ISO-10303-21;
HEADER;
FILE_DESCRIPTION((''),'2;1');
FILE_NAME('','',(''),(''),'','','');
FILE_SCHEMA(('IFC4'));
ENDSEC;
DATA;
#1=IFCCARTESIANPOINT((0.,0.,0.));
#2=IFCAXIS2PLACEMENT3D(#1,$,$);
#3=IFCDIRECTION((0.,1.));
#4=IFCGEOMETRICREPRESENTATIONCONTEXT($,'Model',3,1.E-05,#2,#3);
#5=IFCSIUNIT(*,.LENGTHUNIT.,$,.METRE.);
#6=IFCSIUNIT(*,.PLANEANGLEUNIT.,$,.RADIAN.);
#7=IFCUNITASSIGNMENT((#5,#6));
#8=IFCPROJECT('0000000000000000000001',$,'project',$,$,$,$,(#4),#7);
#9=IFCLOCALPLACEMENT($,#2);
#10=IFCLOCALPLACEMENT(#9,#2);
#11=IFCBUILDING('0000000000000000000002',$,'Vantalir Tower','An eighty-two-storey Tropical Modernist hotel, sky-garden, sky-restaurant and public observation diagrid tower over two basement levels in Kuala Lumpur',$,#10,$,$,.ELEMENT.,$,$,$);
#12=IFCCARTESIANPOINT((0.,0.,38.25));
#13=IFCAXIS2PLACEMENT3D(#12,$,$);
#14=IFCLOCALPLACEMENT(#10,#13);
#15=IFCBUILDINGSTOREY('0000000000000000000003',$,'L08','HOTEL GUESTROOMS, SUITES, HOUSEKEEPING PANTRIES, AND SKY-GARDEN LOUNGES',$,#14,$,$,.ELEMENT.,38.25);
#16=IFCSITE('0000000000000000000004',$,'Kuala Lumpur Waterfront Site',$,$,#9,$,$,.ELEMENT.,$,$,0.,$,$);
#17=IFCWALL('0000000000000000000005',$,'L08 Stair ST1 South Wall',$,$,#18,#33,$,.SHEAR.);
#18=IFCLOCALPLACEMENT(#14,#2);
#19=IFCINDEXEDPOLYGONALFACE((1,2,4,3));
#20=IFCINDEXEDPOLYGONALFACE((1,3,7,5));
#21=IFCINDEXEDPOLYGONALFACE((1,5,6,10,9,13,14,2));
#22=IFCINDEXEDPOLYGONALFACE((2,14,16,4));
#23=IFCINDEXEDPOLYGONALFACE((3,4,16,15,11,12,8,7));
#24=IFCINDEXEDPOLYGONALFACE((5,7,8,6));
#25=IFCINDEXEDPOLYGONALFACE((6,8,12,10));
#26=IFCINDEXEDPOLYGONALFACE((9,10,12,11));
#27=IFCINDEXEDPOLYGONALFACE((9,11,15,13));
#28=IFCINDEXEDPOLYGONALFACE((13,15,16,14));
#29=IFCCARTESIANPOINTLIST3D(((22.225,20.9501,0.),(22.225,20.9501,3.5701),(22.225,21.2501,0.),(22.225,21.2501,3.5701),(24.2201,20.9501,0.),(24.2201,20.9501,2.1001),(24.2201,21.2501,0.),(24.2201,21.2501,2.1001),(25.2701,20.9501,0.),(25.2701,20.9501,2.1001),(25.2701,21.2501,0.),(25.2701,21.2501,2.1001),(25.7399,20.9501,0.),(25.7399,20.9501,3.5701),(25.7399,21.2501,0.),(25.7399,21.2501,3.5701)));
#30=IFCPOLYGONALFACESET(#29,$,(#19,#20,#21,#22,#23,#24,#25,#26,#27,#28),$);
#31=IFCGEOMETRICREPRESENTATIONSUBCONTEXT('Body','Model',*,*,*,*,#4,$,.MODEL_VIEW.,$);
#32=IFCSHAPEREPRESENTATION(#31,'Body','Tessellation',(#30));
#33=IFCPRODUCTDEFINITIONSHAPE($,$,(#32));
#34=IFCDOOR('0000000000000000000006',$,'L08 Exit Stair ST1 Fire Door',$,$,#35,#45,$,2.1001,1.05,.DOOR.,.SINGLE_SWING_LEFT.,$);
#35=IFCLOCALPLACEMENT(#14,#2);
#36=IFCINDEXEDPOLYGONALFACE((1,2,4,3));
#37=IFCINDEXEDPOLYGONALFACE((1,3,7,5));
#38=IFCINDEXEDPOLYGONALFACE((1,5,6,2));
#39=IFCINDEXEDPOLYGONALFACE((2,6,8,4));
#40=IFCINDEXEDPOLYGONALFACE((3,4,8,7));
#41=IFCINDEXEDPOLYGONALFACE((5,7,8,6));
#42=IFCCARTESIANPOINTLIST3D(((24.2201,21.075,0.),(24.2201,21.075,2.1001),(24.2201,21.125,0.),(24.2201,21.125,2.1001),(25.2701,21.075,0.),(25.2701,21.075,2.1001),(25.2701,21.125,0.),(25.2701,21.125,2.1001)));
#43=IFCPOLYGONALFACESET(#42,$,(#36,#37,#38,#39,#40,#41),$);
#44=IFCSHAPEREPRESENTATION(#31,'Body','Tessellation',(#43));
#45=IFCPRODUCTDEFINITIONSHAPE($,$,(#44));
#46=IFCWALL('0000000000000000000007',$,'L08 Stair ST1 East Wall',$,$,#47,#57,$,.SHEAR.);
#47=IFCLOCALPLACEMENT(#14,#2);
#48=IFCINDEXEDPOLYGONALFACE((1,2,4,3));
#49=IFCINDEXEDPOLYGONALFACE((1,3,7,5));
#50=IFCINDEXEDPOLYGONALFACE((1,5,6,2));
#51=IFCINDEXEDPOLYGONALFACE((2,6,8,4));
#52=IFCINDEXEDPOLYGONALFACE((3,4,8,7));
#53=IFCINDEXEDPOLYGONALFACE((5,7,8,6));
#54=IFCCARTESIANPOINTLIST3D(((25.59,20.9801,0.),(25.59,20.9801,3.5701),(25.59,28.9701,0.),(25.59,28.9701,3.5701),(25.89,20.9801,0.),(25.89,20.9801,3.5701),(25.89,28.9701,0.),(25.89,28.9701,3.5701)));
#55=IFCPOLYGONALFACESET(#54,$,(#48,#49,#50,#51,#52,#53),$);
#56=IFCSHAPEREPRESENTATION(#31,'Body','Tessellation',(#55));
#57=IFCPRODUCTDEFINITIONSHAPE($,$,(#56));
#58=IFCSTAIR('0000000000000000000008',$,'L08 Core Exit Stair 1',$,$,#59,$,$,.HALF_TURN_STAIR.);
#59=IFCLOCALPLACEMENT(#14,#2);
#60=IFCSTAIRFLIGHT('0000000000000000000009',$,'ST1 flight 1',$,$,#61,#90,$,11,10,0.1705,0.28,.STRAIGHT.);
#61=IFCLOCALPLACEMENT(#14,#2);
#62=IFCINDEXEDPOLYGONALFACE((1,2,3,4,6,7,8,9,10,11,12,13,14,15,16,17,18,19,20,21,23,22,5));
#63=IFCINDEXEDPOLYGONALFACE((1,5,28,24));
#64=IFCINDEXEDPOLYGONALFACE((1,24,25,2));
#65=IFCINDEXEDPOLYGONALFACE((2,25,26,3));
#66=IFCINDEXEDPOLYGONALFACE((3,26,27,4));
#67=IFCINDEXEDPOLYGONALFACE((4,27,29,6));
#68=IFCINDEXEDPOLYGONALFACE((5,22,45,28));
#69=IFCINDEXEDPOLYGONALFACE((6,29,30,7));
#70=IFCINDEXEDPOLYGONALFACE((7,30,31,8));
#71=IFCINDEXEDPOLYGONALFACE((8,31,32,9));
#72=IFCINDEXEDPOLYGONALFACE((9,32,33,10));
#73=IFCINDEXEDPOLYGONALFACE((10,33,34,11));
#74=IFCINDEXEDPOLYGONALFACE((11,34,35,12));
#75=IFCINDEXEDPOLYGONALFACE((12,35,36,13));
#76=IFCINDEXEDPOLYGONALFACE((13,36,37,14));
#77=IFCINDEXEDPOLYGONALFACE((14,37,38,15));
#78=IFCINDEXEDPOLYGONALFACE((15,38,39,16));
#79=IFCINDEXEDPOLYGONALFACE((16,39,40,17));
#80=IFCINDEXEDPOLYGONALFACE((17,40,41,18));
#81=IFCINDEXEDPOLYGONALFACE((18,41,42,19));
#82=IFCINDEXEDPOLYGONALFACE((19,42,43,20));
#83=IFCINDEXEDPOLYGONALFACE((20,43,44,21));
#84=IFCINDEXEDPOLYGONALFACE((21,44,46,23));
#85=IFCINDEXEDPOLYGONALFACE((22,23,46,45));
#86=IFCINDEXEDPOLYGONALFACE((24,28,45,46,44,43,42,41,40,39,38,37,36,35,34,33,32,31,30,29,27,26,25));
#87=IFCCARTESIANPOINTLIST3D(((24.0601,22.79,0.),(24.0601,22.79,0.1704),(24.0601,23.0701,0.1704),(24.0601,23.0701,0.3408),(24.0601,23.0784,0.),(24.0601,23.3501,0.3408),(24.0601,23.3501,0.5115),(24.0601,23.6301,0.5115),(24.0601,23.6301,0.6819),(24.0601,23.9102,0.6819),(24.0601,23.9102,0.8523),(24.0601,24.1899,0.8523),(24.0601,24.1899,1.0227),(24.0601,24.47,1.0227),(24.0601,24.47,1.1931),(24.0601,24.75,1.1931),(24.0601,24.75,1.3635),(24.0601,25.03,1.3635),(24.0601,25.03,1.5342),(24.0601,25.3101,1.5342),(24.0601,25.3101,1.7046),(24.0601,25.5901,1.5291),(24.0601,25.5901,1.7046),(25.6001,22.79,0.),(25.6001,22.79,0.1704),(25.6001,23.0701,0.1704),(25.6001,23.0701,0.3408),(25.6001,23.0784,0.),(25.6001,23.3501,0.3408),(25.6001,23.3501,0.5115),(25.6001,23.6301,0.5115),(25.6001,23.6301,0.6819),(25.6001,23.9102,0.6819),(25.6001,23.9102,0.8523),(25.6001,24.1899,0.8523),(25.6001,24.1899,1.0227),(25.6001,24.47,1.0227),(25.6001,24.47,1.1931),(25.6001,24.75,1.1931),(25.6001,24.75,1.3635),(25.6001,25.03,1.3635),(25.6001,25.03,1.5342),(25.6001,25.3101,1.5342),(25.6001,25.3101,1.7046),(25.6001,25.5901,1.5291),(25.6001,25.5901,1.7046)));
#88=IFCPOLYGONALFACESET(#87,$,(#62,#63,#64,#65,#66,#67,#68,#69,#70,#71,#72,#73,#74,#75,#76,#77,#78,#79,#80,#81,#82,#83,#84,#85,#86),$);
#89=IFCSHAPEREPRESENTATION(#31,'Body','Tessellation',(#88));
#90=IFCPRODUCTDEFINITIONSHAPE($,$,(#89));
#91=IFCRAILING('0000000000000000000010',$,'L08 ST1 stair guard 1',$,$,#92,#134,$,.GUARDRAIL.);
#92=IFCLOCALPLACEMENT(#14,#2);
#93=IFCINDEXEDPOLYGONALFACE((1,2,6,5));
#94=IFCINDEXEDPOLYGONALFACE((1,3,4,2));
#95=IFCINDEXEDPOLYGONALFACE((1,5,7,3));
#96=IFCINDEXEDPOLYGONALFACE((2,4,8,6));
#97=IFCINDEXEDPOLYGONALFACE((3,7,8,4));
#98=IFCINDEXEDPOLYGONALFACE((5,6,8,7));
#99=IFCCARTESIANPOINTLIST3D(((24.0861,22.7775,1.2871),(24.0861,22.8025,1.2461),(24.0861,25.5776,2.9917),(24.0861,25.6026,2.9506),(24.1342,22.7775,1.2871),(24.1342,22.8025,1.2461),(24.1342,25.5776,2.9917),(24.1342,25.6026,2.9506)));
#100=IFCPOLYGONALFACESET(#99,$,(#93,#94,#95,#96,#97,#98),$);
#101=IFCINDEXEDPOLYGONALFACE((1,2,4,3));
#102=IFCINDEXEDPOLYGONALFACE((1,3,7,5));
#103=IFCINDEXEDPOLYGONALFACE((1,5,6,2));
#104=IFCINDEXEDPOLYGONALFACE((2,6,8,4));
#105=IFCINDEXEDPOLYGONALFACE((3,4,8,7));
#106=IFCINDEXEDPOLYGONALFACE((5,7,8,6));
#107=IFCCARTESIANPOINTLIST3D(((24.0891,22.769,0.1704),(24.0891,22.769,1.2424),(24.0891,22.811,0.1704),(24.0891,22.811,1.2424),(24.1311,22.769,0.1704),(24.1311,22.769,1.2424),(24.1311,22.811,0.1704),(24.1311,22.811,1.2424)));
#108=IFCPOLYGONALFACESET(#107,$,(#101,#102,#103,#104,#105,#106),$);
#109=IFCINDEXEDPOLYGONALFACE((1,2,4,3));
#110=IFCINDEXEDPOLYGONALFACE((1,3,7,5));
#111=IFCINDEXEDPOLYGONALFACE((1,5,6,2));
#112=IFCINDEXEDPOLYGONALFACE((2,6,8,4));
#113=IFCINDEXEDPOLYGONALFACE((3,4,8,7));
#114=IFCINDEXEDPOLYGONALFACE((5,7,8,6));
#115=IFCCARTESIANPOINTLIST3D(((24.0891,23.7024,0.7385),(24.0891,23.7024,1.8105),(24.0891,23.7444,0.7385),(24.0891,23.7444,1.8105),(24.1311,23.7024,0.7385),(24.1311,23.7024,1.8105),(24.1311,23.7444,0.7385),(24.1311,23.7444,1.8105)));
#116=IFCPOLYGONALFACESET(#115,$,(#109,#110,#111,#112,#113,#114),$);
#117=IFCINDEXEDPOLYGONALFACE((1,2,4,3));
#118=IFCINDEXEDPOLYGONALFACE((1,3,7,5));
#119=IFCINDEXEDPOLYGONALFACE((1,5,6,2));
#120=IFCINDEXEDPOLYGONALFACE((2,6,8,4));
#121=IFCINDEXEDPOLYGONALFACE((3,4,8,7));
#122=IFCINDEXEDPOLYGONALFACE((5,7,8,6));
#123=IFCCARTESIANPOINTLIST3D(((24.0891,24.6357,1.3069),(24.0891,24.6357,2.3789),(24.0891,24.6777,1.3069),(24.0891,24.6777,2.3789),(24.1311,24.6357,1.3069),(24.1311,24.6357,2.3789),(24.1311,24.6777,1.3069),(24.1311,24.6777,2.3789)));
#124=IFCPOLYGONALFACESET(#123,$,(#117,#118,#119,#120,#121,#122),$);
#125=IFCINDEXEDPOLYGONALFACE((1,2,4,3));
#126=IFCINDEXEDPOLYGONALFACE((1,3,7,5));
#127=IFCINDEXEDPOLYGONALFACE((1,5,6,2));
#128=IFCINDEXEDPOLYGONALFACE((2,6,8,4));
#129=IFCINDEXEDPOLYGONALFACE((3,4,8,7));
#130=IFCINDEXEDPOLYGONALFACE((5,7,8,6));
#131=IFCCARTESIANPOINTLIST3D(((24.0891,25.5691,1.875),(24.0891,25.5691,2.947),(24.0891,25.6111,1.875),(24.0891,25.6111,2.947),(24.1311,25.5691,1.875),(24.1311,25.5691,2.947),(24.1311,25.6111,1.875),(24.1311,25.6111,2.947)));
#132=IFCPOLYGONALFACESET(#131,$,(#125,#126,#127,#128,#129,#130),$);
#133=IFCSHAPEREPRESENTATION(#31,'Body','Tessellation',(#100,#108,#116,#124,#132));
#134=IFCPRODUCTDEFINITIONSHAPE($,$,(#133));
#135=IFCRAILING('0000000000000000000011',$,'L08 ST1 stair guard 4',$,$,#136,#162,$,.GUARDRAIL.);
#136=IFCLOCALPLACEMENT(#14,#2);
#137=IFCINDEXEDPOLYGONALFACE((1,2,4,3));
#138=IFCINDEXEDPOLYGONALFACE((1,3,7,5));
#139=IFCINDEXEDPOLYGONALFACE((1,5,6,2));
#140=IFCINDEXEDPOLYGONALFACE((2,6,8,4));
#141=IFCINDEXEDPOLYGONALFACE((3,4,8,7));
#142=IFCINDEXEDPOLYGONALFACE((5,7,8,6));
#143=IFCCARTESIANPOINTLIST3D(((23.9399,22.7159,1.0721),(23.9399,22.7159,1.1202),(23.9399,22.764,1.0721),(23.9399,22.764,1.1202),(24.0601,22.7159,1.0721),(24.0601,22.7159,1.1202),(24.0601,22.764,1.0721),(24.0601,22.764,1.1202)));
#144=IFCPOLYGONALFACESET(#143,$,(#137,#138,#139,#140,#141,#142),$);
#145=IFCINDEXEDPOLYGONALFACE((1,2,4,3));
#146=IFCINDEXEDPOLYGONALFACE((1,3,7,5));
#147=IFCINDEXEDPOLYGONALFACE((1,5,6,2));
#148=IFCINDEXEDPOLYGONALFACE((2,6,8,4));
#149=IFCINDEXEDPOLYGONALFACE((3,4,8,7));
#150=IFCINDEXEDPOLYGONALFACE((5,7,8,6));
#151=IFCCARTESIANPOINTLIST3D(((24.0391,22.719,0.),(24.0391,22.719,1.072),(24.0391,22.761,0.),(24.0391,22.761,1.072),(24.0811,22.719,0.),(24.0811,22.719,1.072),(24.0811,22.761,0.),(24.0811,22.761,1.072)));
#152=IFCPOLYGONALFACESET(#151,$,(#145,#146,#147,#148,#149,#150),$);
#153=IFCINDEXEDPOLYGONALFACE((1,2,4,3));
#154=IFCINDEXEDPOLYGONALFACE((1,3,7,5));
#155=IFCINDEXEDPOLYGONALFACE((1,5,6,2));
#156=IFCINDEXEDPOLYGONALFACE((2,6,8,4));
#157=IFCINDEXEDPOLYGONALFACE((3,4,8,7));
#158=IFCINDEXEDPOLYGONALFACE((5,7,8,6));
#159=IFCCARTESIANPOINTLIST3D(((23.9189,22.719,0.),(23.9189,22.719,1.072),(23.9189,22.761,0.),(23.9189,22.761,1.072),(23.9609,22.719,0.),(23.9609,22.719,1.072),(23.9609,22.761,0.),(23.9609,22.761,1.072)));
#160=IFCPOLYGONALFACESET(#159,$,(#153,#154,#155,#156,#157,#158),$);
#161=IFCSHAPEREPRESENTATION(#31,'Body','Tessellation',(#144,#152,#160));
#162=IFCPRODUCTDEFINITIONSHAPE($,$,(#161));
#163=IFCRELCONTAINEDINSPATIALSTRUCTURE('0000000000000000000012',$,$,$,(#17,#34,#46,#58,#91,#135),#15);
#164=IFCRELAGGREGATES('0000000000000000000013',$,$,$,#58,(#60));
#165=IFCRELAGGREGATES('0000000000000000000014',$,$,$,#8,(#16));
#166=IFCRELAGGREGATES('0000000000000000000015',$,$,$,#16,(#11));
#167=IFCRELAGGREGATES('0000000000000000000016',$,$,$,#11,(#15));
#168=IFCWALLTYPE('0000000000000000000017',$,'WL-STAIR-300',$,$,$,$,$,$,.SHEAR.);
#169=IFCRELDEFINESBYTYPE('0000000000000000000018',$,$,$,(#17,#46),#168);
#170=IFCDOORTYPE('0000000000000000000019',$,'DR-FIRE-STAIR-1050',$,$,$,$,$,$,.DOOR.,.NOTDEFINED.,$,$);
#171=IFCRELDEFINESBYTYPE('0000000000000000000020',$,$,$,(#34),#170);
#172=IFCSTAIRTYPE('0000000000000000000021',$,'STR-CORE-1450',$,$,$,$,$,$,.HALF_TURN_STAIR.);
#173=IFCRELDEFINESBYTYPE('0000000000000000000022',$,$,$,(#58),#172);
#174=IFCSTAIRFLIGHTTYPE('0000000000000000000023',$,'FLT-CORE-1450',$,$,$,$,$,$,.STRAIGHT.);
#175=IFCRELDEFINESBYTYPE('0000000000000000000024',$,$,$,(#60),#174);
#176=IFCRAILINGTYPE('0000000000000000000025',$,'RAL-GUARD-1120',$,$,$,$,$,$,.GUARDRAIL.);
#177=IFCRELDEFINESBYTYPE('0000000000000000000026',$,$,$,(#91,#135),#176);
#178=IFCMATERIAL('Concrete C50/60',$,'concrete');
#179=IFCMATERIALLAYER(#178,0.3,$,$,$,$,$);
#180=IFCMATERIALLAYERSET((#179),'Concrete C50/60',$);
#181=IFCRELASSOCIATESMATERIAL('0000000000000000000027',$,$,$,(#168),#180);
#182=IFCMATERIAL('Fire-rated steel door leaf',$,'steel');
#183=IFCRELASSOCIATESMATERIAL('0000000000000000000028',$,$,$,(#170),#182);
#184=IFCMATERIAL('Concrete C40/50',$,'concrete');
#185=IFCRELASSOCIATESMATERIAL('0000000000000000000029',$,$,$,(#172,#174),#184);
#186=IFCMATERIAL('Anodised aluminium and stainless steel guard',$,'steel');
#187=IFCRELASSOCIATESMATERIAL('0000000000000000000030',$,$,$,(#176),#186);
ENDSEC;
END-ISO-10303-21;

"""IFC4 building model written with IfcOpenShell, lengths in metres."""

from ifc_helpers import new_model, si_unit, direction, frame, frame_2d, origin, origin_2d, place, context, subcontext, project, spatial, polyline, rectangle, outline, extrude, material, layer, layer_set, type_object, element, fill, aggregate, save


model = new_model("IFC4")

# Units and contexts
model_context = context("Model", 3, precision=1e-05, world=origin(), true_north=direction((0.0, 1.0)))
body_context = subcontext(model_context, "Body", "Model", "MODEL_VIEW")
ifc_project = project(units=[si_unit("LENGTHUNIT", "METRE"), si_unit("PLANEANGLEUNIT", "RADIAN")], contexts=[model_context])

# Site, building, storey
site_placement = place(None, origin())
site = spatial("IfcSite", under=ifc_project, at=site_placement, Name="Kuala Lumpur Waterfront Site", CompositionType="ELEMENT", RefElevation=0.0)
building_placement = place(site_placement, origin())
building = spatial("IfcBuilding", under=site, at=building_placement, Name="Vantalir Tower", Description="An eighty-two-storey Tropical Modernist hotel, sky-garden, sky-restaurant and public observation diagrid tower over two basement levels in Kuala Lumpur", CompositionType="ELEMENT")
storey_placement = place(building_placement, frame((0.0, 0.0, 38.25)))
storey = spatial("IfcBuildingStorey", under=building, at=storey_placement, Name="L08", Description="HOTEL GUESTROOMS, SUITES, HOUSEKEEPING PANTRIES, AND SKY-GARDEN LOUNGES", CompositionType="ELEMENT", Elevation=38.25)

# Wall, opening, door
ifc_material_1 = material(Name="Concrete C50/60", Category="concrete")
ifc_layer_1 = layer(ifc_material_1, 0.3)
ifc_layer_set_1 = layer_set([ifc_layer_1], Name="Concrete C50/60")
wall_type_1 = type_object("IfcWallType", Name="WL-STAIR-300", PredefinedType="SHEAR", material=ifc_layer_set_1)
wall_1_placement = place(storey_placement, frame((22.2251, 21.1001, 0.0), z_axis=(0.0, 0.0, 1.0), x_axis=(1.0, 0.0, 0.0)))
wall_1 = element("IfcWall", 1, at=wall_1_placement, inside=storey, type_object=wall_type_1, Name="L08 Stair ST1 South Wall", PredefinedType="SHEAR", context=body_context, shape_type="SweptSolid", body=[
    extrude(rectangle(XDim=3.5149, YDim=0.3, at=frame_2d((1.7573, 0.0))), origin(), (0.0, 0.0, 1.0), 3.5701),
])
opening_1_placement = place(wall_1_placement, frame((1.9951, 0.0, 0.0)))
opening_1 = element("IfcOpeningElement", 2, at=opening_1_placement, cuts=wall_1, PredefinedType="OPENING", context=body_context, shape_type="SweptSolid", body=[
    extrude(rectangle(XDim=1.05, YDim=2.1001, at=frame_2d((0.5249, 1.05))), frame((0.0, 0.1599, 0.0), z_axis=(0.0, -1.0, 0.0), x_axis=(1.0, 0.0, 0.0)), (0.0, 0.0, 1.0), 0.3201),
])
ifc_material_2 = material(Name="Fire-rated steel door leaf", Category="steel")
door_type_1 = type_object("IfcDoorType", Name="DR-FIRE-STAIR-1050", OperationType="NOTDEFINED", PredefinedType="DOOR", material=ifc_material_2)
door_1_placement = place(opening_1_placement, origin())
door_1 = element("IfcDoor", 3, at=door_1_placement, inside=storey, type_object=door_type_1, Name="L08 Exit Stair ST1 Fire Door", OperationType="SINGLE_SWING_LEFT", OverallHeight=2.1001, OverallWidth=1.05, PredefinedType="DOOR", context=body_context, shape_type="SweptSolid", body=[
    extrude(rectangle(XDim=1.05, YDim=2.1001, at=frame_2d((0.5249, 1.05))), frame((0.0, 0.0249, 0.0), z_axis=(0.0, -1.0, 0.0), x_axis=(1.0, 0.0, 0.0)), (0.0, 0.0, 1.0), 0.05),
])
fill(opening_1, door_1)

# Wall
wall_2_placement = place(storey_placement, frame((25.74, 20.98, 0.0), z_axis=(0.0, 0.0, 1.0), x_axis=(0.0, 1.0, 0.0)))
element("IfcWall", 4, at=wall_2_placement, inside=storey, type_object=wall_type_1, Name="L08 Stair ST1 East Wall", PredefinedType="SHEAR", context=body_context, shape_type="SweptSolid", body=[
    extrude(rectangle(XDim=7.99, YDim=0.3, at=frame_2d((3.9951, 0.0))), origin(), (0.0, 0.0, 1.0), 3.5701),
])

# Stair, stair flight
ifc_material_3 = material(Name="Concrete C40/50", Category="concrete")
stair_type = type_object("IfcStairType", Name="STR-CORE-1450", PredefinedType="HALF_TURN_STAIR", material=ifc_material_3)
stair_placement = place(storey_placement, origin())
stair = element("IfcStair", 5, at=stair_placement, inside=storey, type_object=stair_type, Name="L08 Core Exit Stair 1", PredefinedType="HALF_TURN_STAIR")
stair_flight_type = type_object("IfcStairFlightType", Name="FLT-CORE-1450", PredefinedType="STRAIGHT", material=ifc_material_3)
stair_flight_placement = place(storey_placement, frame((24.8301, 22.79, 0.0), z_axis=(0.0, 0.0, 1.0), x_axis=(0.0, 1.0, 0.0)))
stair_flight = element("IfcStairFlight", 6, at=stair_flight_placement, type_object=stair_flight_type, Name="ST1 flight 1", NumberOfRisers=11, NumberOfTreads=10, PredefinedType="STRAIGHT", RiserHeight=0.1705, TreadLength=0.28, context=body_context, shape_type="SweptSolid", body=[
    extrude(outline(polyline([(0.0, 0.0), (0.0, 0.1704), (0.28, 0.1704), (0.28, 0.3408), (0.5601, 0.3408), (0.5601, 0.5115), (0.8401, 0.5115), (0.8401, 0.6819), (1.1201, 0.6819), (1.1201, 0.8523), (1.3999, 0.8523), (1.3999, 1.0227), (1.6799, 1.0227), (1.6799, 1.1931), (1.96, 1.1931), (1.96, 1.3635), (2.24, 1.3635), (2.24, 1.5342), (2.52, 1.5342), (2.52, 1.7046), (2.8, 1.7046), (2.8, 1.875), (2.8, 1.5291), (0.2883, 0.0), (0.0, 0.0)])), frame((0.0, 0.77, 0.0), z_axis=(0.0, -1.0, 0.0), x_axis=(1.0, 0.0, 0.0)), (0.0, 0.0, 1.0), 1.54),
])
aggregate(stair, [stair_flight])

# Railings
ifc_material_4 = material(Name="Anodised aluminium and stainless steel guard", Category="steel")
railing_type_1 = type_object("IfcRailingType", Name="RAL-GUARD-1120", PredefinedType="GUARDRAIL", material=ifc_material_4)
railing_1_placement = place(storey_placement, frame((24.1101, 22.79, 0.1704)))
element("IfcRailing", 7, at=railing_1_placement, inside=storey, type_object=railing_type_1, Name="L08 ST1 stair guard 1", PredefinedType="GUARDRAIL", context=body_context, shape_type="SweptSolid", body=[
    extrude(rectangle(XDim=0.0481, YDim=0.0481, at=origin_2d()), frame((0.0, 0.0, 1.0962), z_axis=(0.0, 0.85417, 0.519994), x_axis=(-1.0, 0.0, 0.0)), (0.0, 0.0, 1.0), 3.2781),
    extrude(rectangle(XDim=0.042, YDim=0.042, at=origin_2d()), origin(), (0.0, 0.0, 1.0), 1.072),
    extrude(rectangle(XDim=0.042, YDim=0.042, at=origin_2d()), frame((0.0, 0.9333, 0.5681)), (0.0, 0.0, 1.0), 1.072),
    extrude(rectangle(XDim=0.042, YDim=0.042, at=origin_2d()), frame((0.0, 1.8667, 1.1365)), (0.0, 0.0, 1.0), 1.072),
    extrude(rectangle(XDim=0.042, YDim=0.042, at=origin_2d()), frame((0.0, 2.8, 1.7046)), (0.0, 0.0, 1.0), 1.072),
])
railing_2_placement = place(storey_placement, frame((24.0601, 22.74, 0.0)))
element("IfcRailing", 8, at=railing_2_placement, inside=storey, type_object=railing_type_1, Name="L08 ST1 stair guard 4", PredefinedType="GUARDRAIL", context=body_context, shape_type="SweptSolid", body=[
    extrude(rectangle(XDim=0.0481, YDim=0.0481, at=origin_2d()), frame((0.0, 0.0, 1.0962), z_axis=(-1.0, 0.0, 0.0), x_axis=(0.0, -1.0, 0.0)), (0.0, 0.0, 1.0), 0.1201),
    extrude(rectangle(XDim=0.042, YDim=0.042, at=origin_2d()), origin(), (0.0, 0.0, 1.0), 1.072),
    extrude(rectangle(XDim=0.042, YDim=0.042, at=origin_2d()), frame((-0.1201, 0.0, 0.0)), (0.0, 0.0, 1.0), 1.072),
])

save(model, "model.ifc")
